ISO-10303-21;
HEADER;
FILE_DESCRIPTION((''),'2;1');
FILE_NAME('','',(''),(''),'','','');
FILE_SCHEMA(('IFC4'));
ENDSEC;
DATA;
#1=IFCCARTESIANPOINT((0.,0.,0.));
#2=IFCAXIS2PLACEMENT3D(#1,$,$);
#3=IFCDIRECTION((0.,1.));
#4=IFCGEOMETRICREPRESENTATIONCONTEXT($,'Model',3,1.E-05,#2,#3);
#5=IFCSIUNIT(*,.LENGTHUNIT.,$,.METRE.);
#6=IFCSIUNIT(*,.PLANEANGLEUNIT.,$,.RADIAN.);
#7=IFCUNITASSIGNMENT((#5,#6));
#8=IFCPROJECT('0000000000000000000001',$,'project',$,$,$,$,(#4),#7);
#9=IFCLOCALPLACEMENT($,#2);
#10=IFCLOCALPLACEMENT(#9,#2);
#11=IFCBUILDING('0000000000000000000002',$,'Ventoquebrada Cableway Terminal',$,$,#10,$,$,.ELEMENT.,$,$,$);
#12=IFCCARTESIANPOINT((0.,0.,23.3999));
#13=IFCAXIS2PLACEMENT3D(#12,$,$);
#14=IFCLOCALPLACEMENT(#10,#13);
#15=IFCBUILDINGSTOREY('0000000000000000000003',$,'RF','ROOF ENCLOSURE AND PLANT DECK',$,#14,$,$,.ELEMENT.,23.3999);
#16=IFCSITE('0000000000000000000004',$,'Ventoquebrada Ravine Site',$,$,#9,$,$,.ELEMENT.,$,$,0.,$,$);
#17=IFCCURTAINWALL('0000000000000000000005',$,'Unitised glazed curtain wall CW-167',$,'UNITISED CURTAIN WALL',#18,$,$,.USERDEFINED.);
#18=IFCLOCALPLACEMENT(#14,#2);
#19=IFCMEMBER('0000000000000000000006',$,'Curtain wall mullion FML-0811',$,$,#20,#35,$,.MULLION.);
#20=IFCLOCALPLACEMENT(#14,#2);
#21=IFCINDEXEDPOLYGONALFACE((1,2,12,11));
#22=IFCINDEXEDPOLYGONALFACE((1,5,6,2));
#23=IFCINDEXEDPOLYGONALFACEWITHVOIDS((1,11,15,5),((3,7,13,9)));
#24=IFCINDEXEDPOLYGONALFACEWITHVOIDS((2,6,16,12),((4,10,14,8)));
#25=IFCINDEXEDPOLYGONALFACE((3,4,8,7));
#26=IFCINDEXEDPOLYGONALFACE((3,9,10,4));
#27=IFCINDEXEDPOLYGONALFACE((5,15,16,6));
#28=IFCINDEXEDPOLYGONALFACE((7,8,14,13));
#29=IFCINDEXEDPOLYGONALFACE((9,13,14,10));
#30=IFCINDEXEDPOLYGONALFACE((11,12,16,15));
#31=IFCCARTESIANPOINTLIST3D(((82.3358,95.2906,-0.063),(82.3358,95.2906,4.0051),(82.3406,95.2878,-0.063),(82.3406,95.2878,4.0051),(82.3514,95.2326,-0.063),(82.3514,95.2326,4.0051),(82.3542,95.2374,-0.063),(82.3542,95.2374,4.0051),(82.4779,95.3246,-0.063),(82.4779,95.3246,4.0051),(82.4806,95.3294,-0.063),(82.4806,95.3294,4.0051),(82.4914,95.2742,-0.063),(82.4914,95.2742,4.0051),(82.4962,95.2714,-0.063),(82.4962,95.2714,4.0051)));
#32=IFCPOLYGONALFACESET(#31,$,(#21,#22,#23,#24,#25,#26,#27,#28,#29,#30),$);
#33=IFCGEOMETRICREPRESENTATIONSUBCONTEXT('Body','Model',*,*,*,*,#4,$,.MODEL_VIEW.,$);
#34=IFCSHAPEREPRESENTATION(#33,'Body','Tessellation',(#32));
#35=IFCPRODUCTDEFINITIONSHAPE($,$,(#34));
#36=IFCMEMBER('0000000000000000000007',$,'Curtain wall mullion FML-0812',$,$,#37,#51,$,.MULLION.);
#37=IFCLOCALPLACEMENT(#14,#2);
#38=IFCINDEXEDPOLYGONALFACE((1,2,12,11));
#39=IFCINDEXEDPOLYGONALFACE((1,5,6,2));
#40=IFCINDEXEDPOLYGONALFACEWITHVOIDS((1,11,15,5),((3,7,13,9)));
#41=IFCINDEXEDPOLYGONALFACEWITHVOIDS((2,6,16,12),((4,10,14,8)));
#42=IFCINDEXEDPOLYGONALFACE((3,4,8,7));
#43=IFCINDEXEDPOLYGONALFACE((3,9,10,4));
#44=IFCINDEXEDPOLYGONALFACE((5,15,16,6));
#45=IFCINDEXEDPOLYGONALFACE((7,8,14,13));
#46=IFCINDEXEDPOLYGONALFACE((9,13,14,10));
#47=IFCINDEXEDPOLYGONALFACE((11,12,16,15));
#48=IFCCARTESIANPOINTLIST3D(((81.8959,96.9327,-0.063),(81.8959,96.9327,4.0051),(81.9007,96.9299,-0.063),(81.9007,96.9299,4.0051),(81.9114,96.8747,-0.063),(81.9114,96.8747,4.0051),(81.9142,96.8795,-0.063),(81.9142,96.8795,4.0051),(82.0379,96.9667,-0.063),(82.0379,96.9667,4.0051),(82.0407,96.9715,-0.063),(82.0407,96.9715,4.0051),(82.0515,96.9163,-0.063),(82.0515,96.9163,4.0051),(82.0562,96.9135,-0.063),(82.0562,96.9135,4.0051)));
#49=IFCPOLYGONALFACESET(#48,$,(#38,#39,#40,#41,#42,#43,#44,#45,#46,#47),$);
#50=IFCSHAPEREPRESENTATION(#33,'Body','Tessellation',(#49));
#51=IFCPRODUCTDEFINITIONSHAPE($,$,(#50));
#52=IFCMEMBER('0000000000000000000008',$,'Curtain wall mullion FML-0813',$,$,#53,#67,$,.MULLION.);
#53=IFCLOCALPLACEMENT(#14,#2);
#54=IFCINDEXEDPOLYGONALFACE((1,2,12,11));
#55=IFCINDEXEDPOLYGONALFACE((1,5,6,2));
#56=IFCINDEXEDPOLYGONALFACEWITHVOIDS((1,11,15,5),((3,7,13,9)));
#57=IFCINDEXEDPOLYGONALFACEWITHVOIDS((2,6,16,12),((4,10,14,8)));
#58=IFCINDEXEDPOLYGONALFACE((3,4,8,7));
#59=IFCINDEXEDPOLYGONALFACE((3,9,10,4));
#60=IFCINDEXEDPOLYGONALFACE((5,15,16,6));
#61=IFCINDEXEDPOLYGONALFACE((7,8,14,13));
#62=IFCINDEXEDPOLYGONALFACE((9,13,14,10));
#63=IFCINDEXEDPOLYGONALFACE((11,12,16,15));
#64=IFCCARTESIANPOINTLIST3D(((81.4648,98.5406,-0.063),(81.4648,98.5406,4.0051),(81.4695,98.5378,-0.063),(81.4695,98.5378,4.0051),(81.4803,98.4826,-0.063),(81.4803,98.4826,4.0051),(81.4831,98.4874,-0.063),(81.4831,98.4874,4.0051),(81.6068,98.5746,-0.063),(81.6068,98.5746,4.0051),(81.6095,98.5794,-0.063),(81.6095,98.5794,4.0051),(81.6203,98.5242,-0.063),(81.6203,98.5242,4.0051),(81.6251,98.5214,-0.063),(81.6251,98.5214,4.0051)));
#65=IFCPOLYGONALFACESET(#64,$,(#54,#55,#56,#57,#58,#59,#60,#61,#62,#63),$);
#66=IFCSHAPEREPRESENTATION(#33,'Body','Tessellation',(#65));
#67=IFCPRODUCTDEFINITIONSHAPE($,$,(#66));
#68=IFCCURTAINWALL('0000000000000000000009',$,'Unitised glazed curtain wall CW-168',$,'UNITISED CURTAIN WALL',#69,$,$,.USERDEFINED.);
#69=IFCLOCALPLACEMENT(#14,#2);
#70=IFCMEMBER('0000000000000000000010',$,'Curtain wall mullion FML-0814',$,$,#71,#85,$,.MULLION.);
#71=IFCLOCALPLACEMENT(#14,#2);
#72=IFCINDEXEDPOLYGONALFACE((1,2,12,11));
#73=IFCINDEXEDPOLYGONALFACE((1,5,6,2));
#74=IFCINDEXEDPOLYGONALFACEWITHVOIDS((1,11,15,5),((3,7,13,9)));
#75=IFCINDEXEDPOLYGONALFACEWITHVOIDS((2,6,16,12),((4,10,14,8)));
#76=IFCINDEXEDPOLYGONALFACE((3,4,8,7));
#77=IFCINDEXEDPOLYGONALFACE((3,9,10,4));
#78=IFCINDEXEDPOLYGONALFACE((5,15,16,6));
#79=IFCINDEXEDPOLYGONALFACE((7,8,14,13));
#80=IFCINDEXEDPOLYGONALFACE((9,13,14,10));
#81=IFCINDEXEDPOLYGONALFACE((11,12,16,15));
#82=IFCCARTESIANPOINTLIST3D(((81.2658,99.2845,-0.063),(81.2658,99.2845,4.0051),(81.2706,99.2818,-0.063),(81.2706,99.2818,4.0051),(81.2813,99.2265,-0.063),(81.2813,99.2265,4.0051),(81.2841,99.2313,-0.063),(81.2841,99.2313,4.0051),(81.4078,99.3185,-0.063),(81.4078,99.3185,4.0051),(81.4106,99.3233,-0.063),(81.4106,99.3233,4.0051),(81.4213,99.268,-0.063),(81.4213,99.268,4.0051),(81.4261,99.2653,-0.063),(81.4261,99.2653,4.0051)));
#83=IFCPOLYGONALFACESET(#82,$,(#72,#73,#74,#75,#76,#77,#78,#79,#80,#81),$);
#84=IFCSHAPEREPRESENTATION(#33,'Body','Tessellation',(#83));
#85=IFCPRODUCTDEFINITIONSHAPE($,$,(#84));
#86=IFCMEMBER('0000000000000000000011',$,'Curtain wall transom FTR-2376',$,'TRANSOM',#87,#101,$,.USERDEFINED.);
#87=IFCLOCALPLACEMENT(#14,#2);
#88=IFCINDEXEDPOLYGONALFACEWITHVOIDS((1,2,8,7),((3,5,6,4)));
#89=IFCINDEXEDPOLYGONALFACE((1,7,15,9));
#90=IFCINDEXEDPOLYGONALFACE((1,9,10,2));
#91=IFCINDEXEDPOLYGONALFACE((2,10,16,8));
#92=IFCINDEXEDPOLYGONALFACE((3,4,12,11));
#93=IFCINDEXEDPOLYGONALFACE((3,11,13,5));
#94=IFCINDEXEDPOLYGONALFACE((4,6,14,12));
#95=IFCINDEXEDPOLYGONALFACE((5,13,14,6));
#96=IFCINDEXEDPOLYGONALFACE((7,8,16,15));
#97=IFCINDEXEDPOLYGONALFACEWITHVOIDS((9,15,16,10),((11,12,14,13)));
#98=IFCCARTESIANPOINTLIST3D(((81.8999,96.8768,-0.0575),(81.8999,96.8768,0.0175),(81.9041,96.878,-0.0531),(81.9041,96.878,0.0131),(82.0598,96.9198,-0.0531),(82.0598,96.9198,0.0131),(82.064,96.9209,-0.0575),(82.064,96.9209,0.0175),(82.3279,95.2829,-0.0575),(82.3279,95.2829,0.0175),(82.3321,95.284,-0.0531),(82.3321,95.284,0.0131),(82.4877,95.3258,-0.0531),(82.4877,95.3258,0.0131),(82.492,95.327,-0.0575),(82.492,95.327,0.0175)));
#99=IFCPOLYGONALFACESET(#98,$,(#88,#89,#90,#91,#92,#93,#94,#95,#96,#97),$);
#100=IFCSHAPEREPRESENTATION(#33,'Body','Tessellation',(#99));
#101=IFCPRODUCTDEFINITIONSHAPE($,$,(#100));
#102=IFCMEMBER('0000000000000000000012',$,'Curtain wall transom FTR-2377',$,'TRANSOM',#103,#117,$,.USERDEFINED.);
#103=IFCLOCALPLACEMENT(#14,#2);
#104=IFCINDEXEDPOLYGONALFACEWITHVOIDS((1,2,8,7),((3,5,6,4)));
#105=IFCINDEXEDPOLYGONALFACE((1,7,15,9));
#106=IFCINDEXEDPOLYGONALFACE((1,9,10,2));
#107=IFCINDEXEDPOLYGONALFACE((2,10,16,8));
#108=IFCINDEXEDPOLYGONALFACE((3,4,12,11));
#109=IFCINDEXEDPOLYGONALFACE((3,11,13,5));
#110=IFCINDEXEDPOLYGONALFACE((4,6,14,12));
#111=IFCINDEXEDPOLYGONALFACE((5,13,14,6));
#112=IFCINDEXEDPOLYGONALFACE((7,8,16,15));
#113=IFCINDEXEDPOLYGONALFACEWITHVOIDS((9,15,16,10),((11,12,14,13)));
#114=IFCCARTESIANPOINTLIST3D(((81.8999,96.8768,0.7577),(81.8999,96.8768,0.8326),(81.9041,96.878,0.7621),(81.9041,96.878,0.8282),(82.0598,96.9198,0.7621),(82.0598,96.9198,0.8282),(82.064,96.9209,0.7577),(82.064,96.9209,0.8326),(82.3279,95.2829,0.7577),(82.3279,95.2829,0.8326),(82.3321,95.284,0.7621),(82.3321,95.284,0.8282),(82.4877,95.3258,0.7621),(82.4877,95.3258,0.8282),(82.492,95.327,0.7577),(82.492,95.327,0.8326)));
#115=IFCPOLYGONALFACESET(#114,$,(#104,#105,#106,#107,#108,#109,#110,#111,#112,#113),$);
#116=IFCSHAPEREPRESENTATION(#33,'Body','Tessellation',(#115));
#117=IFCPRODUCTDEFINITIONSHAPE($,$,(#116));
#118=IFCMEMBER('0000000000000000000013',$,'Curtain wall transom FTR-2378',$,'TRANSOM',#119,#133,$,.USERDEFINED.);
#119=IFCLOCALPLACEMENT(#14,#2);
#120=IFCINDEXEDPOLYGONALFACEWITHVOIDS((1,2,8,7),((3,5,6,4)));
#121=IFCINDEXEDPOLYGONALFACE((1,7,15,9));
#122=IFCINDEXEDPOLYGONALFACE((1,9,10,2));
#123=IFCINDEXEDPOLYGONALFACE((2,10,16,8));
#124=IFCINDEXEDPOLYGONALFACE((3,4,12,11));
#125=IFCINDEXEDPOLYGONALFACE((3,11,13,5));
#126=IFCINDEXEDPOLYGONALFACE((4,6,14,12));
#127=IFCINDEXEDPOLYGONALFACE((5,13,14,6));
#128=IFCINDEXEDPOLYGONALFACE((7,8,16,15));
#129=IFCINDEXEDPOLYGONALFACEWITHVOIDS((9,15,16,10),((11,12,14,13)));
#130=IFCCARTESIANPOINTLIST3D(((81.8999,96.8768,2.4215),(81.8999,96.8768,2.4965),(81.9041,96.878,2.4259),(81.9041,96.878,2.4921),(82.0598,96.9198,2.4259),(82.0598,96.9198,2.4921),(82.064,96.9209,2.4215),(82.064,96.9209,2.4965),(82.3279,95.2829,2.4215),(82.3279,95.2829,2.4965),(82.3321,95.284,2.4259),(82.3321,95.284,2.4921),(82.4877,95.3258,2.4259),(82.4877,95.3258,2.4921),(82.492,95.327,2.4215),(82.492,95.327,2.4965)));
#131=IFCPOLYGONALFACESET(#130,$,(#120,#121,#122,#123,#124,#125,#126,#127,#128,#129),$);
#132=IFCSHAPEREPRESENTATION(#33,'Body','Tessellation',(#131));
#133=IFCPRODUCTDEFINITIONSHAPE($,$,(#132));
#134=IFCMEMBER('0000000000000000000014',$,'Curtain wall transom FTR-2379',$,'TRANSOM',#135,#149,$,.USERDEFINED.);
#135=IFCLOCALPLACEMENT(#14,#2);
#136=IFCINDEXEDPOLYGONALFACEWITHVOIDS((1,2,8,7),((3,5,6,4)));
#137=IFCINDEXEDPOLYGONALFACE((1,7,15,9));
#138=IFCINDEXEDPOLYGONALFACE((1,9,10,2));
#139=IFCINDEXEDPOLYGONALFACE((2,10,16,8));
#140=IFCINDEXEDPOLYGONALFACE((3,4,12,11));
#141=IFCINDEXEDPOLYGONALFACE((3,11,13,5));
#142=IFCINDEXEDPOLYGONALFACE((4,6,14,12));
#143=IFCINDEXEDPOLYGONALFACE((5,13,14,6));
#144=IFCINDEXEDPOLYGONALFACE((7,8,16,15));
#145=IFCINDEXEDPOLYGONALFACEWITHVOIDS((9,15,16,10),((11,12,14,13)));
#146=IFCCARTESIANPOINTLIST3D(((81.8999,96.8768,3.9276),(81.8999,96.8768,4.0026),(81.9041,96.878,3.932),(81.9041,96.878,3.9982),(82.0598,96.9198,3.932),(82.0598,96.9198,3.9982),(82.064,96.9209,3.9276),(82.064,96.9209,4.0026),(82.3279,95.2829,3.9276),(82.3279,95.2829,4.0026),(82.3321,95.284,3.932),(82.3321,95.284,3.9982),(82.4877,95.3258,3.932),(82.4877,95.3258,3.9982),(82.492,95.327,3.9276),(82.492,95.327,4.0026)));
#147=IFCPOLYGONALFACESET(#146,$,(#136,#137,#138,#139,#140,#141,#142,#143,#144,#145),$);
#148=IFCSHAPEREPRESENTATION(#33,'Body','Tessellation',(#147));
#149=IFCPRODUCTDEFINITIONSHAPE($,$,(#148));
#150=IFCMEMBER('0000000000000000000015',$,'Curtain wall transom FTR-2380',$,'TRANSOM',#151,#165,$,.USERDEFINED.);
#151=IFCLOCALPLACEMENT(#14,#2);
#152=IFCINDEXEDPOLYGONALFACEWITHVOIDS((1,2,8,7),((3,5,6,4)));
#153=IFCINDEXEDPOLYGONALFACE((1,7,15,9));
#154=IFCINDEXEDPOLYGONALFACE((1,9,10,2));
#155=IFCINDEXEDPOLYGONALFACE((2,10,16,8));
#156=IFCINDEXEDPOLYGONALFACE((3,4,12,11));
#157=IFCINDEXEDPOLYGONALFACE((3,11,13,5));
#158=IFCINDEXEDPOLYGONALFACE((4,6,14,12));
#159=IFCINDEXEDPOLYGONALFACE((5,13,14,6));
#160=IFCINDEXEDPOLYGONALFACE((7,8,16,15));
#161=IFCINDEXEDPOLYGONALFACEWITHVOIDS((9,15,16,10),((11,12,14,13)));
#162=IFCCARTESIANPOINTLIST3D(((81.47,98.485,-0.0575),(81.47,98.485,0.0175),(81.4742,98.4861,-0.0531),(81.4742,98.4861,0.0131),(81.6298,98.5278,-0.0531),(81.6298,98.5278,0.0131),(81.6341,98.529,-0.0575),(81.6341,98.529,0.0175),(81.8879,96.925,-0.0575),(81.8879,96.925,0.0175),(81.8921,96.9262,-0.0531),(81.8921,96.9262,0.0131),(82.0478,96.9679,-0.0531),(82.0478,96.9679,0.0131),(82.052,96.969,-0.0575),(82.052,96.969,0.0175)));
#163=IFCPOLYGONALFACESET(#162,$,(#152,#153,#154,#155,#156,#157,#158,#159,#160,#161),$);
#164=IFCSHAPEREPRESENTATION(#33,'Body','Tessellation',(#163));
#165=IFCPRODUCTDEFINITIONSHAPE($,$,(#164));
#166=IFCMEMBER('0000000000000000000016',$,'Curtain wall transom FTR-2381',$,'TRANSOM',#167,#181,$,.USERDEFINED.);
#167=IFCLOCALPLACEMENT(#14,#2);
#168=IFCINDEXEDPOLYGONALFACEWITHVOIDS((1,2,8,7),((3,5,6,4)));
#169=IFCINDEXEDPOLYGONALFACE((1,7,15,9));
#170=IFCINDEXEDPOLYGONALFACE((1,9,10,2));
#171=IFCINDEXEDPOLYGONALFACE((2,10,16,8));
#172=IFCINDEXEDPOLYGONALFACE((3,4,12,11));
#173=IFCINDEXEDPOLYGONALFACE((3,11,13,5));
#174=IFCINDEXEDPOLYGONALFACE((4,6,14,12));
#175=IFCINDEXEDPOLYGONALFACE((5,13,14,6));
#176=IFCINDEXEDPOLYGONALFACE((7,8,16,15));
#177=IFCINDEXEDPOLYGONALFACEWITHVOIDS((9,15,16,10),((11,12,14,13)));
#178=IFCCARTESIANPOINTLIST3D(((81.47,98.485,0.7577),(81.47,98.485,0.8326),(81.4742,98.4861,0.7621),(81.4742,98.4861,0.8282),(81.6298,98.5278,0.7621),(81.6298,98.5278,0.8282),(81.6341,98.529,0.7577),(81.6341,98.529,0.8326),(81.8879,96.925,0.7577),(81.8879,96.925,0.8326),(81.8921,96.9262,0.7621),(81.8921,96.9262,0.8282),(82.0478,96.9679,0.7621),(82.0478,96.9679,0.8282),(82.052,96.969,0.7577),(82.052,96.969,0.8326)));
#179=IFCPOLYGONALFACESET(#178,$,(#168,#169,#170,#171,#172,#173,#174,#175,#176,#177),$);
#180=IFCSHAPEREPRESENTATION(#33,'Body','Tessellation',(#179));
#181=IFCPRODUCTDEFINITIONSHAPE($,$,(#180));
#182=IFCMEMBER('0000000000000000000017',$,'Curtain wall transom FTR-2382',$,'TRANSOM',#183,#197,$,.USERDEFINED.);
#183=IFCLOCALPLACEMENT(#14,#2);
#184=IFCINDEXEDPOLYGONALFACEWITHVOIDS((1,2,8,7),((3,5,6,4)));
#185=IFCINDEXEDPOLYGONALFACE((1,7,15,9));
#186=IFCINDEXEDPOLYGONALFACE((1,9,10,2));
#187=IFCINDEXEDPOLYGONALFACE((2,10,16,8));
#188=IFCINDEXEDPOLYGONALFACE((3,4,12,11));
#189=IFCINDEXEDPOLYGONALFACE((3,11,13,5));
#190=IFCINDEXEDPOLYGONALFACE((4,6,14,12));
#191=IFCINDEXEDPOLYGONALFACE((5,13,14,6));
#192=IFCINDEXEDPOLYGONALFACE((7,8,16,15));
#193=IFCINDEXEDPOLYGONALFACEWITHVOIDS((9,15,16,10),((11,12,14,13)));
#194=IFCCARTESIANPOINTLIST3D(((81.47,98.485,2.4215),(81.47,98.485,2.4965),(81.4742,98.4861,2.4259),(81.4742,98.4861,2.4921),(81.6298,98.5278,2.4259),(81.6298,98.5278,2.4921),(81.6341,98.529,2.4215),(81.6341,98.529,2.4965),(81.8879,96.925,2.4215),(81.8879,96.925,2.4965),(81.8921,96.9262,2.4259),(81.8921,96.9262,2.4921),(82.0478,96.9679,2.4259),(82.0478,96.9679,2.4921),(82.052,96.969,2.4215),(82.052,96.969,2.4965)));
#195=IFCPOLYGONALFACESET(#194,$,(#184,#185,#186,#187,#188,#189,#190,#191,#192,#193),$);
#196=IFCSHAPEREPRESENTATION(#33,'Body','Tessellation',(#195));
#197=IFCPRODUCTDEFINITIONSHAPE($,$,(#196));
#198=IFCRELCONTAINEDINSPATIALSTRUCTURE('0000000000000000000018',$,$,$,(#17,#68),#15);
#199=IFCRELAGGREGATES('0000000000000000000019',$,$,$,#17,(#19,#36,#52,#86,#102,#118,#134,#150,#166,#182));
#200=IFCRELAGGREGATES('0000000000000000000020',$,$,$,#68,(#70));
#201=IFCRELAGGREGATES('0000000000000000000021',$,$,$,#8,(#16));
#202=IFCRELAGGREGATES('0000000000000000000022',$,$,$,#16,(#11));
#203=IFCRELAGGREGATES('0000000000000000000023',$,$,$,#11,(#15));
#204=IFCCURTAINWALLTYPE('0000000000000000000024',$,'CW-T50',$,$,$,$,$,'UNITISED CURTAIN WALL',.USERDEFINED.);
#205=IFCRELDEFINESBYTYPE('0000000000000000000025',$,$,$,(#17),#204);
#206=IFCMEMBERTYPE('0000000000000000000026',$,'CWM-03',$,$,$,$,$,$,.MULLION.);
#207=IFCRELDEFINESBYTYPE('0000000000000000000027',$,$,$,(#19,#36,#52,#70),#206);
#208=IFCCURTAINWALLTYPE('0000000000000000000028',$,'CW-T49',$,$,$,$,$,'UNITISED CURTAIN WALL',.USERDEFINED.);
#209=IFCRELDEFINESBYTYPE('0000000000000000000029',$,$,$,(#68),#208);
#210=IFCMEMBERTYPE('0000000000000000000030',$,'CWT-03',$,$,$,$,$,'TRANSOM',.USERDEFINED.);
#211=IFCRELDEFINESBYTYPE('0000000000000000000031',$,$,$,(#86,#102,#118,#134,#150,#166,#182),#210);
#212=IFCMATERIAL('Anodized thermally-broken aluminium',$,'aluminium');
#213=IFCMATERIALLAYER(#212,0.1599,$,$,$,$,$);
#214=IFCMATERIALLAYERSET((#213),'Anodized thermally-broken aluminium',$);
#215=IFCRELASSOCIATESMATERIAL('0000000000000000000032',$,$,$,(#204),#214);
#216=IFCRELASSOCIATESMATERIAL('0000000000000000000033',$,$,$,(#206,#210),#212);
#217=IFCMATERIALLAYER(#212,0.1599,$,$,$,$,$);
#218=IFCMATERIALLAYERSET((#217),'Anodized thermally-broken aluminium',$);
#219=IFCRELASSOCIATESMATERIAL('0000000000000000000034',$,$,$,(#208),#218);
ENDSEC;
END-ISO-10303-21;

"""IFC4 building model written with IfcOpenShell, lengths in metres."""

from ifc_helpers import new_model, si_unit, direction, frame, origin, origin_2d, place, context, subcontext, project, spatial, hollow_rectangle, extrude, material, layer, layer_set, material_profile, profile_set, type_object, element, aggregate, save


model = new_model("IFC4")

# Units and contexts
model_context = context("Model", 3, precision=1e-05, world=origin(), true_north=direction((0.0, 1.0)))
body_context = subcontext(model_context, "Body", "Model", "MODEL_VIEW")
ifc_project = project(units=[si_unit("LENGTHUNIT", "METRE"), si_unit("PLANEANGLEUNIT", "RADIAN")], contexts=[model_context])

# Site, building, storey
site_placement = place(None, origin())
site = spatial("IfcSite", under=ifc_project, at=site_placement, Name="Ventoquebrada Ravine Site", CompositionType="ELEMENT", RefElevation=0.0)
building_placement = place(site_placement, origin())
building = spatial("IfcBuilding", under=site, at=building_placement, Name="Ventoquebrada Cableway Terminal", CompositionType="ELEMENT")
storey_placement = place(building_placement, frame((0.0, 0.0, 23.3999)))
storey = spatial("IfcBuildingStorey", under=building, at=storey_placement, Name="RF", Description="ROOF ENCLOSURE AND PLANT DECK", CompositionType="ELEMENT", Elevation=23.3999)

# Curtain wall, members
ifc_material_1 = material(Name="Anodized thermally-broken aluminium", Category="aluminium")
ifc_layer_1 = layer(ifc_material_1, 0.1599)
ifc_layer_set_1 = layer_set([ifc_layer_1], Name="Anodized thermally-broken aluminium")
curtain_wall_type_1 = type_object("IfcCurtainWallType", Name="CW-T50", ElementType="UNITISED CURTAIN WALL", PredefinedType="USERDEFINED", material=ifc_layer_set_1)
curtain_wall_1_placement = place(storey_placement, origin())
curtain_wall_1 = element("IfcCurtainWall", 1, at=curtain_wall_1_placement, inside=storey, type_object=curtain_wall_type_1, Name="Unitised glazed curtain wall CW-167", ObjectType="UNITISED CURTAIN WALL", PredefinedType="USERDEFINED")
ifc_material_profile_1 = material_profile(ifc_material_1, hollow_rectangle(XDim=0.0601, YDim=0.1499, WallThickness=0.0039, at=origin_2d()), Name="CW-MUL-60X150")
ifc_profile_set_1 = profile_set([ifc_material_profile_1], Name="Anodized thermally-broken aluminium")
member_type_1 = type_object("IfcMemberType", Name="CWM-03", PredefinedType="MULLION", material=ifc_profile_set_1)
member_1_placement = place(storey_placement, frame((82.416, 95.281, -0.063), z_axis=(0.0, 0.0, 1.0), x_axis=(-0.258836, 0.965921, 0.0)))
member_1 = element("IfcMember", 2, at=member_1_placement, type_object=member_type_1, Name="Curtain wall mullion FML-0811", PredefinedType="MULLION", context=body_context, shape_type="SweptSolid", body=[
    extrude(hollow_rectangle(XDim=0.0601, YDim=0.1499, WallThickness=0.0039, at=origin_2d()), origin(), (0.0, 0.0, 1.0), 4.0681),
])
member_2_placement = place(storey_placement, frame((81.9761, 96.9231, -0.063), z_axis=(0.0, 0.0, 1.0), x_axis=(-0.258836, 0.965921, 0.0)))
member_2 = element("IfcMember", 3, at=member_2_placement, type_object=member_type_1, Name="Curtain wall mullion FML-0812", PredefinedType="MULLION", context=body_context, shape_type="SweptSolid", body=[
    extrude(hollow_rectangle(XDim=0.0601, YDim=0.1499, WallThickness=0.0039, at=origin_2d()), origin(), (0.0, 0.0, 1.0), 4.0681),
])
member_3_placement = place(storey_placement, frame((81.5449, 98.531, -0.063), z_axis=(0.0, 0.0, 1.0), x_axis=(-0.258836, 0.965921, 0.0)))
member_3 = element("IfcMember", 4, at=member_3_placement, type_object=member_type_1, Name="Curtain wall mullion FML-0813", PredefinedType="MULLION", context=body_context, shape_type="SweptSolid", body=[
    extrude(hollow_rectangle(XDim=0.0601, YDim=0.1499, WallThickness=0.0039, at=origin_2d()), origin(), (0.0, 0.0, 1.0), 4.0681),
])

# Curtain wall, member
ifc_layer_2 = layer(ifc_material_1, 0.1599)
ifc_layer_set_2 = layer_set([ifc_layer_2], Name="Anodized thermally-broken aluminium")
curtain_wall_type_2 = type_object("IfcCurtainWallType", Name="CW-T49", ElementType="UNITISED CURTAIN WALL", PredefinedType="USERDEFINED", material=ifc_layer_set_2)
curtain_wall_2_placement = place(storey_placement, origin())
curtain_wall_2 = element("IfcCurtainWall", 5, at=curtain_wall_2_placement, inside=storey, type_object=curtain_wall_type_2, Name="Unitised glazed curtain wall CW-168", ObjectType="UNITISED CURTAIN WALL", PredefinedType="USERDEFINED")
member_4_placement = place(storey_placement, frame((81.3459, 99.2749, -0.063), z_axis=(0.0, 0.0, 1.0), x_axis=(-0.258718, 0.965953, 0.0)))
member_4 = element("IfcMember", 6, at=member_4_placement, type_object=member_type_1, Name="Curtain wall mullion FML-0814", PredefinedType="MULLION", context=body_context, shape_type="SweptSolid", body=[
    extrude(hollow_rectangle(XDim=0.0601, YDim=0.1499, WallThickness=0.0039, at=origin_2d()), origin(), (0.0, 0.0, 1.0), 4.0681),
])

# Members
ifc_material_profile_2 = material_profile(ifc_material_1, hollow_rectangle(XDim=0.075, YDim=0.1699, WallThickness=0.0044, at=origin_2d()), Name="CW-TRN-75X170")
ifc_profile_set_2 = profile_set([ifc_material_profile_2], Name="Anodized thermally-broken aluminium")
member_type_2 = type_object("IfcMemberType", Name="CWT-03", ElementType="TRANSOM", PredefinedType="USERDEFINED", material=ifc_profile_set_2)
member_5_placement = place(storey_placement, frame((82.4099, 95.3049, -0.02), z_axis=(-0.25931, 0.965794, 0.0), x_axis=(0.0, 0.0, 1.0)))
member_5 = element("IfcMember", 7, at=member_5_placement, type_object=member_type_2, Name="Curtain wall transom FTR-2376", ObjectType="TRANSOM", PredefinedType="USERDEFINED", context=body_context, shape_type="SweptSolid", body=[
    extrude(hollow_rectangle(XDim=0.075, YDim=0.1699, WallThickness=0.0044, at=origin_2d()), origin(), (0.0, 0.0, 1.0), 1.6504),
])
member_6_placement = place(storey_placement, frame((82.4099, 95.3049, 0.7952), z_axis=(-0.25931, 0.965794, 0.0), x_axis=(0.0, 0.0, 1.0)))
member_6 = element("IfcMember", 8, at=member_6_placement, type_object=member_type_2, Name="Curtain wall transom FTR-2377", ObjectType="TRANSOM", PredefinedType="USERDEFINED", context=body_context, shape_type="SweptSolid", body=[
    extrude(hollow_rectangle(XDim=0.075, YDim=0.1699, WallThickness=0.0044, at=origin_2d()), origin(), (0.0, 0.0, 1.0), 1.6504),
])
member_7_placement = place(storey_placement, frame((82.4099, 95.3049, 2.459), z_axis=(-0.25931, 0.965794, 0.0), x_axis=(0.0, 0.0, 1.0)))
member_7 = element("IfcMember", 9, at=member_7_placement, type_object=member_type_2, Name="Curtain wall transom FTR-2378", ObjectType="TRANSOM", PredefinedType="USERDEFINED", context=body_context, shape_type="SweptSolid", body=[
    extrude(hollow_rectangle(XDim=0.075, YDim=0.1699, WallThickness=0.0044, at=origin_2d()), origin(), (0.0, 0.0, 1.0), 1.6504),
])
member_8_placement = place(storey_placement, frame((82.4099, 95.3049, 3.9651), z_axis=(-0.25931, 0.965794, 0.0), x_axis=(0.0, 0.0, 1.0)))
member_8 = element("IfcMember", 10, at=member_8_placement, type_object=member_type_2, Name="Curtain wall transom FTR-2379", ObjectType="TRANSOM", PredefinedType="USERDEFINED", context=body_context, shape_type="SweptSolid", body=[
    extrude(hollow_rectangle(XDim=0.075, YDim=0.1699, WallThickness=0.0044, at=origin_2d()), origin(), (0.0, 0.0, 1.0), 1.6504),
])
member_9_placement = place(storey_placement, frame((81.97, 96.947, -0.02), z_axis=(-0.258791, 0.965933, 0.0), x_axis=(0.0, 0.0, 1.0)))
member_9 = element("IfcMember", 11, at=member_9_placement, type_object=member_type_2, Name="Curtain wall transom FTR-2380", ObjectType="TRANSOM", PredefinedType="USERDEFINED", context=body_context, shape_type="SweptSolid", body=[
    extrude(hollow_rectangle(XDim=0.075, YDim=0.1699, WallThickness=0.0044, at=origin_2d()), origin(), (0.0, 0.0, 1.0), 1.615),
])
member_10_placement = place(storey_placement, frame((81.97, 96.947, 0.7952), z_axis=(-0.258791, 0.965933, 0.0), x_axis=(0.0, 0.0, 1.0)))
member_10 = element("IfcMember", 12, at=member_10_placement, type_object=member_type_2, Name="Curtain wall transom FTR-2381", ObjectType="TRANSOM", PredefinedType="USERDEFINED", context=body_context, shape_type="SweptSolid", body=[
    extrude(hollow_rectangle(XDim=0.075, YDim=0.1699, WallThickness=0.0044, at=origin_2d()), origin(), (0.0, 0.0, 1.0), 1.615),
])
member_11_placement = place(storey_placement, frame((81.97, 96.947, 2.459), z_axis=(-0.258791, 0.965933, 0.0), x_axis=(0.0, 0.0, 1.0)))
member_11 = element("IfcMember", 13, at=member_11_placement, type_object=member_type_2, Name="Curtain wall transom FTR-2382", ObjectType="TRANSOM", PredefinedType="USERDEFINED", context=body_context, shape_type="SweptSolid", body=[
    extrude(hollow_rectangle(XDim=0.075, YDim=0.1699, WallThickness=0.0044, at=origin_2d()), origin(), (0.0, 0.0, 1.0), 1.615),
])

aggregate(curtain_wall_1, [member_1, member_2, member_3, member_5, member_6, member_7, member_8, member_9, member_10, member_11])
aggregate(curtain_wall_2, [member_4])

save(model, "model.ifc")
